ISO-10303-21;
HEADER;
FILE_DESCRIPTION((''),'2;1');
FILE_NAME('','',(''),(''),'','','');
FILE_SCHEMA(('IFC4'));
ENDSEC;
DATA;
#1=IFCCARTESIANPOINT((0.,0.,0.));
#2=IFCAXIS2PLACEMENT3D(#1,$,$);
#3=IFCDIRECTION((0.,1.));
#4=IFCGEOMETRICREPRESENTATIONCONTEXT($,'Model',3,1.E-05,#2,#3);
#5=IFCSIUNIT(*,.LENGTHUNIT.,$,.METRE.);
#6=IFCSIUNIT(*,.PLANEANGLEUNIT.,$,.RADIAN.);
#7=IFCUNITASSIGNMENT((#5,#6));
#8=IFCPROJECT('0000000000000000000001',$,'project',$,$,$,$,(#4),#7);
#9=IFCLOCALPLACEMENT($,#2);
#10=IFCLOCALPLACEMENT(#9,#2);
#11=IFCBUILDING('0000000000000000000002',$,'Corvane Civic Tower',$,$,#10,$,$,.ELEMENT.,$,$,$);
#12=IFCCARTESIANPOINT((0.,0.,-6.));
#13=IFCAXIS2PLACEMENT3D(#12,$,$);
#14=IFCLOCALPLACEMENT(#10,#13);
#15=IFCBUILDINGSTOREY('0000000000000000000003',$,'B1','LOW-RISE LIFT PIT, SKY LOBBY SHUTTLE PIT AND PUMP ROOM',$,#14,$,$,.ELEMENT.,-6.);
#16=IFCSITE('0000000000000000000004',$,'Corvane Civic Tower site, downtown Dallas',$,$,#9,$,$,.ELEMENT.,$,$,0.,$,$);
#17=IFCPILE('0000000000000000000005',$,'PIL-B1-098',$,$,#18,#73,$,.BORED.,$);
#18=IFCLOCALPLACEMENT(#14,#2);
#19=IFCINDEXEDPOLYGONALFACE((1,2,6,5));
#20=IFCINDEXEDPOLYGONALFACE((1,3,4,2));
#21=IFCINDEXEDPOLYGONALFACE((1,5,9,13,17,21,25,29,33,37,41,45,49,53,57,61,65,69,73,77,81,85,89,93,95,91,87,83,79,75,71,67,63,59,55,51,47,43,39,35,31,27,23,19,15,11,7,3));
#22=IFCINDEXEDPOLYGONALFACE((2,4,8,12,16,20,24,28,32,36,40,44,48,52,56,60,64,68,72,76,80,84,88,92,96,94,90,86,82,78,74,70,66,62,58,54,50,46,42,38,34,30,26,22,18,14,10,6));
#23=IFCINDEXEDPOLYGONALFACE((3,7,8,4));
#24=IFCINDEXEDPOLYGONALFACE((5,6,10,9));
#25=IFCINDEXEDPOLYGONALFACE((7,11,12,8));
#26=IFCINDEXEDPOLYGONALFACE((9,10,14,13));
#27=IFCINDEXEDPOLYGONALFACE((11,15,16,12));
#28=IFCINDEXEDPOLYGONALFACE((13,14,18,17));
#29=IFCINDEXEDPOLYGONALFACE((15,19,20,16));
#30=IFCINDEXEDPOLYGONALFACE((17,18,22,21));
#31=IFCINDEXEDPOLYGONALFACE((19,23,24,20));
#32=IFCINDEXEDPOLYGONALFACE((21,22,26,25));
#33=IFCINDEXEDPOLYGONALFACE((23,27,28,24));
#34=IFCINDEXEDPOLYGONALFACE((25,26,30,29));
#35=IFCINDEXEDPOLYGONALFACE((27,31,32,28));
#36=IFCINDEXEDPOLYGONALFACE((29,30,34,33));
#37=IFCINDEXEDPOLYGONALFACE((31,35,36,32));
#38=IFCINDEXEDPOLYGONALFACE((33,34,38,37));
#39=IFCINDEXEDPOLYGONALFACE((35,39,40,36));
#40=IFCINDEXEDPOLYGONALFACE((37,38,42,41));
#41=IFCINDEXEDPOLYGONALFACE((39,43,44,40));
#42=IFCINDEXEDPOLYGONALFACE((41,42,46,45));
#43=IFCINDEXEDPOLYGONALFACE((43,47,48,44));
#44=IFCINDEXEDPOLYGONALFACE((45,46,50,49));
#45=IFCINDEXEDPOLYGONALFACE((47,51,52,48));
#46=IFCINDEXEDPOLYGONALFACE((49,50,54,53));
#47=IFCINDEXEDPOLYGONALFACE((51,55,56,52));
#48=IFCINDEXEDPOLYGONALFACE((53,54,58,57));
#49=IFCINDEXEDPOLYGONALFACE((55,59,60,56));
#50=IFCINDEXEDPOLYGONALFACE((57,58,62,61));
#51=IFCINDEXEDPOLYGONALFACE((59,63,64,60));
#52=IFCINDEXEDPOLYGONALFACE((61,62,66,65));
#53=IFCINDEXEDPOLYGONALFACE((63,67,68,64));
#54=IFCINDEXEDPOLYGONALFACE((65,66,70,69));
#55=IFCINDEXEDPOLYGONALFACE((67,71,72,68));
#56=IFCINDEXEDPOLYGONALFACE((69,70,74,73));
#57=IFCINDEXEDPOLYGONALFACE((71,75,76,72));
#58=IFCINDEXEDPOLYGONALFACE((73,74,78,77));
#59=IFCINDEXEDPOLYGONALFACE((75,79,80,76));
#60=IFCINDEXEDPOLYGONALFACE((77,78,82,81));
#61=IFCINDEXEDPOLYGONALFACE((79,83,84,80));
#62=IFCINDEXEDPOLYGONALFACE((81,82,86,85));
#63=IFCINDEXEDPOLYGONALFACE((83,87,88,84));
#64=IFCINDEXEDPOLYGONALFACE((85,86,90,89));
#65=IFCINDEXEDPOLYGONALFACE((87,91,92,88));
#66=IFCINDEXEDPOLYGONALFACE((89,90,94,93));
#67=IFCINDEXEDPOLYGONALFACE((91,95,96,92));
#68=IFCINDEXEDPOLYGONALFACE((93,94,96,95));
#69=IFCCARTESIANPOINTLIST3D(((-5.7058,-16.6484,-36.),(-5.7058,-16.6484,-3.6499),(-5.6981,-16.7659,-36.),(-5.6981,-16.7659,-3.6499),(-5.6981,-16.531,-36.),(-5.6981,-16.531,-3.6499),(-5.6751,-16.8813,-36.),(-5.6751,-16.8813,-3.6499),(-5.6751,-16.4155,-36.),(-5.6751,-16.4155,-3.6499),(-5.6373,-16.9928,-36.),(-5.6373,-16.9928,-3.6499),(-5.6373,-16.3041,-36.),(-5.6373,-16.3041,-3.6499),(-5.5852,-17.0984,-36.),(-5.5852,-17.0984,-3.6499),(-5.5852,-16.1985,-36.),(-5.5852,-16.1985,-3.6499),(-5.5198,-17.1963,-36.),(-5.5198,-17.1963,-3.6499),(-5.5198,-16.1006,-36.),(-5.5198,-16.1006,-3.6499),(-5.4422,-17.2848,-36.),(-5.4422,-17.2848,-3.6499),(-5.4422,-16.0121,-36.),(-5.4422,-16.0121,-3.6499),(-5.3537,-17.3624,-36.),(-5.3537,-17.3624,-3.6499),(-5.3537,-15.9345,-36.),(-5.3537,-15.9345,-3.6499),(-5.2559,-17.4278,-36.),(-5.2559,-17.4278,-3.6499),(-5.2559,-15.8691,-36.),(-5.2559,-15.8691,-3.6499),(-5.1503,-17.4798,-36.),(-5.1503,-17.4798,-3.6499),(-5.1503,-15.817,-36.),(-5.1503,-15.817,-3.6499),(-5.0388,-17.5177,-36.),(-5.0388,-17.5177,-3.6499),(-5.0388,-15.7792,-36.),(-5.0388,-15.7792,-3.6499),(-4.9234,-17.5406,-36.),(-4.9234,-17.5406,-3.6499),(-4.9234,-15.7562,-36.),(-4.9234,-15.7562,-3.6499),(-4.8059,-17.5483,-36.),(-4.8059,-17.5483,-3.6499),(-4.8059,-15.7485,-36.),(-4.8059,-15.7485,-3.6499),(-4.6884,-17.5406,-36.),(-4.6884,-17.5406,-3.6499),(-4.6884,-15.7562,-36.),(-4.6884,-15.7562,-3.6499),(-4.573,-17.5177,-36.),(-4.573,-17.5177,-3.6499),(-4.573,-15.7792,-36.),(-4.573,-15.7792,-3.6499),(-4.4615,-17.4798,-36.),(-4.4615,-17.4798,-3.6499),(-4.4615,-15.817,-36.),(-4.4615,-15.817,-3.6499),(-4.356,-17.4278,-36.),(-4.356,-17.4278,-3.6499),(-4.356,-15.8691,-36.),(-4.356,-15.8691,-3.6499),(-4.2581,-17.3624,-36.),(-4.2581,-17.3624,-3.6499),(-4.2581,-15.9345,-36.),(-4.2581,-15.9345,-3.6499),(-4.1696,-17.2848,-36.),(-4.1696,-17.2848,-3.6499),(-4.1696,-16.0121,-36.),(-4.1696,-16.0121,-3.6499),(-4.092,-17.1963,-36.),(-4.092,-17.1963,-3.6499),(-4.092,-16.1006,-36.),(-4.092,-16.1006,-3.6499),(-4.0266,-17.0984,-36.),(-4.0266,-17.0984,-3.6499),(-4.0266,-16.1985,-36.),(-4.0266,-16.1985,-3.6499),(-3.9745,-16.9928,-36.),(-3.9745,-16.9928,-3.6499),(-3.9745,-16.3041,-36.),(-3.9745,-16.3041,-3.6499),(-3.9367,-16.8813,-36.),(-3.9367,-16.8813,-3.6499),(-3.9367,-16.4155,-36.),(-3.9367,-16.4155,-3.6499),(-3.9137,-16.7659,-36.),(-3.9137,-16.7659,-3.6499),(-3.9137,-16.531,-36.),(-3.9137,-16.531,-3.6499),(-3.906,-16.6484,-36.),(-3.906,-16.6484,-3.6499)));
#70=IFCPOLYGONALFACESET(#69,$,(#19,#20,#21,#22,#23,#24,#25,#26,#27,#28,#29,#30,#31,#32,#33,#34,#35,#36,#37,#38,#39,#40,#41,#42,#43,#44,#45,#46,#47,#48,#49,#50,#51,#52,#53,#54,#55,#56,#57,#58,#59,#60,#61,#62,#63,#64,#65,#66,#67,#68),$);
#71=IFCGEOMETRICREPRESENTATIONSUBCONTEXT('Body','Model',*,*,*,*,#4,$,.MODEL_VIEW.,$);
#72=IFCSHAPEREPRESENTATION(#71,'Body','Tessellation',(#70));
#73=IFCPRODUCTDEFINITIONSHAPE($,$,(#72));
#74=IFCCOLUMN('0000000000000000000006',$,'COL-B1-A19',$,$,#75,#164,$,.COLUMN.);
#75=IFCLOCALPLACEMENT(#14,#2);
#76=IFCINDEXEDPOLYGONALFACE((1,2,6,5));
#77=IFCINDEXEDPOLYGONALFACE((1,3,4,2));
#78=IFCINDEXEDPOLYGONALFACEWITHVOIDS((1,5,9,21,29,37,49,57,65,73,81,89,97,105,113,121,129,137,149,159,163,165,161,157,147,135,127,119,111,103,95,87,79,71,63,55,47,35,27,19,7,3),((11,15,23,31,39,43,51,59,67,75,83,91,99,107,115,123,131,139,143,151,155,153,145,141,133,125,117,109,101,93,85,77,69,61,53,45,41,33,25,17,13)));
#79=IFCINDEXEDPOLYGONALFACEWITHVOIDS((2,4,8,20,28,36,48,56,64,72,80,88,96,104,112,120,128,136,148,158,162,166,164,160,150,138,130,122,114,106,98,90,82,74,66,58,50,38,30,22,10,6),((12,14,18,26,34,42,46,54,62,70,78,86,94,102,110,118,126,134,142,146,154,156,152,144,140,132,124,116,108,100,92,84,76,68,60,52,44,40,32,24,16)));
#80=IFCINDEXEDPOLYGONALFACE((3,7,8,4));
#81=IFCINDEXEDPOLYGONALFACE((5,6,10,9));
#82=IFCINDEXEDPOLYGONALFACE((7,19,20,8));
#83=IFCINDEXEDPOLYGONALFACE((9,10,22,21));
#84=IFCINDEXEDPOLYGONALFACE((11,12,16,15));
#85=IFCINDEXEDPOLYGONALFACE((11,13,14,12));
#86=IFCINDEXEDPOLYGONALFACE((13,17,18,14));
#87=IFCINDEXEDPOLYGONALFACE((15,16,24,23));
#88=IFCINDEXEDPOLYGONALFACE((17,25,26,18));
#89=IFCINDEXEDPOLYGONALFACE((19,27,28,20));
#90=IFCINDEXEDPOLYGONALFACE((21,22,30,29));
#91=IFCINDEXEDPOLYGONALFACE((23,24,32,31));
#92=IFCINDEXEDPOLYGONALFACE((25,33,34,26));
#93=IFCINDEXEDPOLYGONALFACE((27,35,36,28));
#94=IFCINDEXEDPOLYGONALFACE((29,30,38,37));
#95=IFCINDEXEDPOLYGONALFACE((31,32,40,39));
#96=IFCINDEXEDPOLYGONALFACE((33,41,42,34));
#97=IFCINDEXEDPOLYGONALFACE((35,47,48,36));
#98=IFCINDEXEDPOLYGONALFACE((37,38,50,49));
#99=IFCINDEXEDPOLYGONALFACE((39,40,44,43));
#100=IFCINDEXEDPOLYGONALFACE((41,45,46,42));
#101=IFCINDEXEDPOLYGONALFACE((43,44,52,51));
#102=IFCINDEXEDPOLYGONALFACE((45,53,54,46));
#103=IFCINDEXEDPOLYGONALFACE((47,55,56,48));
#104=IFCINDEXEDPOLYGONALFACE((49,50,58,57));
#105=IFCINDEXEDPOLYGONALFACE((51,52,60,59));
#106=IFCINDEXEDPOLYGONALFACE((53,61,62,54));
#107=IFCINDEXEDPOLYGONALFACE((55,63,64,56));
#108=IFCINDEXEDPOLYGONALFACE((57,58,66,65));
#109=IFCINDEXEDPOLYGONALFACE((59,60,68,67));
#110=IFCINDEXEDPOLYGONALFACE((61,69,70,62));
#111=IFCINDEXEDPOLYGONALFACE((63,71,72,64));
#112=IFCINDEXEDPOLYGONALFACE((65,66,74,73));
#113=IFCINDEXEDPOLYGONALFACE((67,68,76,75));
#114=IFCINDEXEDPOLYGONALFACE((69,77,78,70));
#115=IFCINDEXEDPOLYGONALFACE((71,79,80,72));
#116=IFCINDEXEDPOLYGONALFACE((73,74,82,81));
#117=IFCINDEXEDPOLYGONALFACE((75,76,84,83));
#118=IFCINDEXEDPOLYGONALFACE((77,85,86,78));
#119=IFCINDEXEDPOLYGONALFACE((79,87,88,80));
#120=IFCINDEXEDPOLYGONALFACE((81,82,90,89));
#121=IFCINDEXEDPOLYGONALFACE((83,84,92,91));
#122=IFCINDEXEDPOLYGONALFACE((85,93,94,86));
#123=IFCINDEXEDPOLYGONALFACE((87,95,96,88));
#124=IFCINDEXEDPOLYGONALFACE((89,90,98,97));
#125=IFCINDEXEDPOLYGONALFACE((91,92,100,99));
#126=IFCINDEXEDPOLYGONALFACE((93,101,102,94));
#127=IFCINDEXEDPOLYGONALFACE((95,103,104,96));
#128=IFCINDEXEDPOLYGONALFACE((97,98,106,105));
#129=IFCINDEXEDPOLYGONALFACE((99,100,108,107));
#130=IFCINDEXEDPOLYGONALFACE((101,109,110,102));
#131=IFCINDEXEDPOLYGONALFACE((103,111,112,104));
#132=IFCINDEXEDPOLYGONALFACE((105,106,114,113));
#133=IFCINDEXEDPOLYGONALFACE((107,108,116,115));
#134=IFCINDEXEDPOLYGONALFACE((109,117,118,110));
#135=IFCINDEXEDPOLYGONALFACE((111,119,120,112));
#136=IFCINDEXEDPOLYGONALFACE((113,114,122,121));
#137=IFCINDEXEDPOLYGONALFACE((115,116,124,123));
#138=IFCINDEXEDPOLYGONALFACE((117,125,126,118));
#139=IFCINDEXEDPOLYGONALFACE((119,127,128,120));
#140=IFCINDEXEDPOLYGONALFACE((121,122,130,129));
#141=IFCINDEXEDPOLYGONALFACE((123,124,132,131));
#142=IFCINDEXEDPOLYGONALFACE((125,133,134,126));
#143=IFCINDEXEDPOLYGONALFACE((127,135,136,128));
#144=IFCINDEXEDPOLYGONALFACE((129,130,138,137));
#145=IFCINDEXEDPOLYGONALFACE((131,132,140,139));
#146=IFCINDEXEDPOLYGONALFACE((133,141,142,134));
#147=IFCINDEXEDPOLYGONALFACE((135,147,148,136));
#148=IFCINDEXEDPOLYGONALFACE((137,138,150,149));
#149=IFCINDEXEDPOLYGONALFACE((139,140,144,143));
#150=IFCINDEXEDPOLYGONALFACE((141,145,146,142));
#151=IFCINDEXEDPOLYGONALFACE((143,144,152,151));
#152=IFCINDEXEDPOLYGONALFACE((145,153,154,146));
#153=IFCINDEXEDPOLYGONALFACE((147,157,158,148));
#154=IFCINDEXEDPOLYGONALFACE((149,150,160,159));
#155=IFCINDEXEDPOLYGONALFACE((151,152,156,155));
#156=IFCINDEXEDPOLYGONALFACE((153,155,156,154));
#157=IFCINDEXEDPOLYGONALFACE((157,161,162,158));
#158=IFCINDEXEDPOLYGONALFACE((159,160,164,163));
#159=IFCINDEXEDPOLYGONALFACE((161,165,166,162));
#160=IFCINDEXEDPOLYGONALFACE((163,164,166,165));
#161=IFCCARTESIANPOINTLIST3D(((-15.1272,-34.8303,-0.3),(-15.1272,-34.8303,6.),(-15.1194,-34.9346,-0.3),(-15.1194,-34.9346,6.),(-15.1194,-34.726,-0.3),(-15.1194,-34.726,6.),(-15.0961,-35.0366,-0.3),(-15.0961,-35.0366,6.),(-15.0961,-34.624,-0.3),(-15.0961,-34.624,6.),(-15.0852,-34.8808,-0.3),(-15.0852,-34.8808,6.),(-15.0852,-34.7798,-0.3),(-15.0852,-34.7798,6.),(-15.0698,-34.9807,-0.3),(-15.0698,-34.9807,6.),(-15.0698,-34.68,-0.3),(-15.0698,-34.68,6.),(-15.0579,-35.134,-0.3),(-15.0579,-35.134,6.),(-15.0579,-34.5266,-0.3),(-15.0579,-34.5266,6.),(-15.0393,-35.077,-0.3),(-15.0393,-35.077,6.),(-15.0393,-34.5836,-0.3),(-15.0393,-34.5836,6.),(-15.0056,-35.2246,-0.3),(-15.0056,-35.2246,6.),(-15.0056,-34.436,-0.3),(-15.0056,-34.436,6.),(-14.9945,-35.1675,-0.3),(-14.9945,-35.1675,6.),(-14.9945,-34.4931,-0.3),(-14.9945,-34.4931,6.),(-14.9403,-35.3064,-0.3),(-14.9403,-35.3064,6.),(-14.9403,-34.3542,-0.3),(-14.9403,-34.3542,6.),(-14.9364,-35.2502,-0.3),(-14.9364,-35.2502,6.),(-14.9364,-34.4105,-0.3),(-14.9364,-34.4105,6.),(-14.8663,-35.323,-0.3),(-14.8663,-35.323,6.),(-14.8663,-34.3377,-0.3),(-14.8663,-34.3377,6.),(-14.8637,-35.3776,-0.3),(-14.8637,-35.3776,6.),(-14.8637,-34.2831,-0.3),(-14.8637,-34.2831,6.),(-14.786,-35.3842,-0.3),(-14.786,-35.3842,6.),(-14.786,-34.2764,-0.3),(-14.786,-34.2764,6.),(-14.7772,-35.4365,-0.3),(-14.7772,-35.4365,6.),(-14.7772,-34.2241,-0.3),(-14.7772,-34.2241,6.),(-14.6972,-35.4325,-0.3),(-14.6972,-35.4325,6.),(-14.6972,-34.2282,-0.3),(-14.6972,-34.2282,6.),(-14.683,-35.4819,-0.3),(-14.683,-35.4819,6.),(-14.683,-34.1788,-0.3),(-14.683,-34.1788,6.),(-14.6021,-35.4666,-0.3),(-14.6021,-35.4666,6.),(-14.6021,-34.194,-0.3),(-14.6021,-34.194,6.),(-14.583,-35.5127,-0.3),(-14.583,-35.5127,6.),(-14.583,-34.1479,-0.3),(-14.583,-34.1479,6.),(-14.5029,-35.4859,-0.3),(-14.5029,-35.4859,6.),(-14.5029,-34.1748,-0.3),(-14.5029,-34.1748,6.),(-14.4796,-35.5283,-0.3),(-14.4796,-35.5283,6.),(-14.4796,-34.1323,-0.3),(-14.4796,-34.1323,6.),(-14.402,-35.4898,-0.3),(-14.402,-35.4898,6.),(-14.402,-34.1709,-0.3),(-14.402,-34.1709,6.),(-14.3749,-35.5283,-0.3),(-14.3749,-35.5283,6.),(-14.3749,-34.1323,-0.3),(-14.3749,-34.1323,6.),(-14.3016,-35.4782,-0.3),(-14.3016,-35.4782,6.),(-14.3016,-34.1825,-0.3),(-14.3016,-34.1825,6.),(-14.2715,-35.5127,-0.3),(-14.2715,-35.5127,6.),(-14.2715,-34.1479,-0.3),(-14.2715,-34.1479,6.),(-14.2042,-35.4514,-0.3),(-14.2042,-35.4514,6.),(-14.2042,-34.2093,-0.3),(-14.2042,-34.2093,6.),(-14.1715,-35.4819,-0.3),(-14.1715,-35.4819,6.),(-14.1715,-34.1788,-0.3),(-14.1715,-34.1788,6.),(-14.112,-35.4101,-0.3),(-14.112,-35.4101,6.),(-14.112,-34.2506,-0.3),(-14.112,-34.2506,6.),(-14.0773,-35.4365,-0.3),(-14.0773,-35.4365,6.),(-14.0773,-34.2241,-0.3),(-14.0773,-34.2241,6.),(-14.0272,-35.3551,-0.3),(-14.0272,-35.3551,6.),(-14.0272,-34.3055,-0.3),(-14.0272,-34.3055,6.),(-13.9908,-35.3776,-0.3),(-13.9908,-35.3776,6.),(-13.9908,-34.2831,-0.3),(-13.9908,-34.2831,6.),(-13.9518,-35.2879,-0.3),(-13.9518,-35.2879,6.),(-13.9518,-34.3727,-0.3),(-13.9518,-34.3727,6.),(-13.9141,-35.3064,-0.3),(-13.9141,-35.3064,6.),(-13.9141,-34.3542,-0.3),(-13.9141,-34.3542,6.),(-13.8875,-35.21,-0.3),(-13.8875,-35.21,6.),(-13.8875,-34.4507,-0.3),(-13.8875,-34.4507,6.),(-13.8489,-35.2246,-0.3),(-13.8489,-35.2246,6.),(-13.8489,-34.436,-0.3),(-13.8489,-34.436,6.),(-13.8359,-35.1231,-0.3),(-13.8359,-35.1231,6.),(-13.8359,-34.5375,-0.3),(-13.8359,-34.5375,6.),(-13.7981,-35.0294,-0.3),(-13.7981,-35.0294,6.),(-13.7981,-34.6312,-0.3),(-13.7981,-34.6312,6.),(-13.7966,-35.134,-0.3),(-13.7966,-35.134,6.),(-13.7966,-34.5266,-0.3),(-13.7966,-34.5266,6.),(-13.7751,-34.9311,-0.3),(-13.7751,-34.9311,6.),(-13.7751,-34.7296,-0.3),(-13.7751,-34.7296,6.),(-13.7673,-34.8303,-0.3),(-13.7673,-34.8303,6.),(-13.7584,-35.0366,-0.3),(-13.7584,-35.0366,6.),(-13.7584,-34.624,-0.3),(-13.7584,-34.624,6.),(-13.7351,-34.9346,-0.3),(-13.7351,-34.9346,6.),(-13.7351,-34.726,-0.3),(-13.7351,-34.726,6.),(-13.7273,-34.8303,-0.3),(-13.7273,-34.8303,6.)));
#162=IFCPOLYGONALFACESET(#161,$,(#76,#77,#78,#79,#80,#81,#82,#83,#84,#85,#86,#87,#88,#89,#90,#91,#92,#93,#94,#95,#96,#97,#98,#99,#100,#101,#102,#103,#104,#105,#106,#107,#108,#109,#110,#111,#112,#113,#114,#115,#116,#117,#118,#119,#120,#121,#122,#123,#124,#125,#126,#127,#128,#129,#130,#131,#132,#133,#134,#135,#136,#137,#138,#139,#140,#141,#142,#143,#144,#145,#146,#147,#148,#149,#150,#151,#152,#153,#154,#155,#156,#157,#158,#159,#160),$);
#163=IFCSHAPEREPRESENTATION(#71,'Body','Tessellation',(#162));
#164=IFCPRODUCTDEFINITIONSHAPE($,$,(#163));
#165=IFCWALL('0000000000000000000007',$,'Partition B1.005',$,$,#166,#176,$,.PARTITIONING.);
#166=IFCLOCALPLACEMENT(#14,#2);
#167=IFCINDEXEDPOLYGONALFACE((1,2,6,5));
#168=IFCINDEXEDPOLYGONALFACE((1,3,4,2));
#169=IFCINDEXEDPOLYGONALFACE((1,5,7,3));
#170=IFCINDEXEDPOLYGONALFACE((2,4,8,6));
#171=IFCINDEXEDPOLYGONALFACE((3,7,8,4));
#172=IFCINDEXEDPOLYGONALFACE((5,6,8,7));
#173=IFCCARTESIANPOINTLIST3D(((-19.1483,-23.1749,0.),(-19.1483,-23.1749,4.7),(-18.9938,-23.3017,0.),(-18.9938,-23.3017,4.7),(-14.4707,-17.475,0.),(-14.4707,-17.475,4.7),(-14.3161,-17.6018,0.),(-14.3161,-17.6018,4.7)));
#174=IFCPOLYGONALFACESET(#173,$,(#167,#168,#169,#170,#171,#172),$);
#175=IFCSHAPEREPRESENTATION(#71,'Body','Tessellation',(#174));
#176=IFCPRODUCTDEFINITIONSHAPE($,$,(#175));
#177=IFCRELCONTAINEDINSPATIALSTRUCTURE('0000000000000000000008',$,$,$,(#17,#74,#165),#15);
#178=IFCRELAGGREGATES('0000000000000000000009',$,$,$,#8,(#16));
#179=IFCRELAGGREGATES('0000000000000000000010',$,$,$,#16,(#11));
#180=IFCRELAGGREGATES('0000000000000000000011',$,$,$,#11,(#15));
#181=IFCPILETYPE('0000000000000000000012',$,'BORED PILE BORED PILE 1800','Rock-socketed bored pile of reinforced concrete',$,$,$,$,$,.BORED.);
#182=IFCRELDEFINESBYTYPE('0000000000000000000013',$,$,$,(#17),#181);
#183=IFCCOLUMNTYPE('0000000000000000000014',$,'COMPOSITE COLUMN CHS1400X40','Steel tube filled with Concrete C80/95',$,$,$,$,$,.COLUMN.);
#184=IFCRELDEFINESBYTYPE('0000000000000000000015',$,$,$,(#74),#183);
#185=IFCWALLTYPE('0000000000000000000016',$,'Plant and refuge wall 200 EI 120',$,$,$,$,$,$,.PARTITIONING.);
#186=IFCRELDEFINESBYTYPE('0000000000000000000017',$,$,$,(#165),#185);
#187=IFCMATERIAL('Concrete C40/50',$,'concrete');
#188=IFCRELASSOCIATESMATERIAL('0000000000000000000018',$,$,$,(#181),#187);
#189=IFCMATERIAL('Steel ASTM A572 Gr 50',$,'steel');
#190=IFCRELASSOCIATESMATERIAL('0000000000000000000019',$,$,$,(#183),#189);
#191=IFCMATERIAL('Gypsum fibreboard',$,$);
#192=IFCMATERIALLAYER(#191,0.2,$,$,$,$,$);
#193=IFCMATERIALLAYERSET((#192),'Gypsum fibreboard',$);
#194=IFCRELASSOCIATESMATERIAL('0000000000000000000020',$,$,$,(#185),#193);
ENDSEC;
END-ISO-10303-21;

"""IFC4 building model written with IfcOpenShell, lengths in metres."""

from ifc_helpers import new_model, si_unit, direction, frame, frame_2d, origin, origin_2d, place, context, subcontext, project, spatial, rectangle, circle, hollow_circle, extrude, material, layer, layer_set, material_profile, profile_set, type_object, element, save


model = new_model("IFC4")

# Units and contexts
model_context = context("Model", 3, precision=1e-05, world=origin(), true_north=direction((0.0, 1.0)))
body_context = subcontext(model_context, "Body", "Model", "MODEL_VIEW")
ifc_project = project(units=[si_unit("LENGTHUNIT", "METRE"), si_unit("PLANEANGLEUNIT", "RADIAN")], contexts=[model_context])

# Site, building, storey
site_placement = place(None, origin())
site = spatial("IfcSite", under=ifc_project, at=site_placement, Name="Corvane Civic Tower site, downtown Dallas", CompositionType="ELEMENT", RefElevation=0.0)
building_placement = place(site_placement, origin())
building = spatial("IfcBuilding", under=site, at=building_placement, Name="Corvane Civic Tower", CompositionType="ELEMENT")
storey_placement = place(building_placement, frame((0.0, 0.0, -6.0)))
storey = spatial("IfcBuildingStorey", under=building, at=storey_placement, Name="B1", Description="LOW-RISE LIFT PIT, SKY LOBBY SHUTTLE PIT AND PUMP ROOM", CompositionType="ELEMENT", Elevation=-6.0)

# Pile
ifc_material_1 = material(Name="Concrete C40/50", Category="concrete")
ifc_material_profile_1 = material_profile(ifc_material_1, circle(Radius=0.8999, at=origin_2d()), Name="BORED PILE 1800")
ifc_profile_set_1 = profile_set([ifc_material_profile_1], Name="Concrete C40/50")
pile_type = type_object("IfcPileType", Name="BORED PILE BORED PILE 1800", Description="Rock-socketed bored pile of reinforced concrete", PredefinedType="BORED", material=ifc_profile_set_1)
for number, where, z_axis, x_axis, name in (
    (1, (-4.8059, -16.6484, -3.6499), (0.0, 0.0, -1.0), (1.0, 0.0, 0.0), "PIL-B1-098"),
):
    element("IfcPile", number, at=place(storey_placement, frame(where, z_axis=z_axis, x_axis=x_axis)), inside=storey, type_object=pile_type, Name=name, PredefinedType="BORED", context=body_context, shape_type="SweptSolid", body=[
        extrude(circle(Radius=0.8999, at=origin_2d()), origin(), (0.0, 0.0, 1.0), 32.3501),
    ])

# Column
ifc_material_2 = material(Name="Steel ASTM A572 Gr 50", Category="steel")
ifc_material_profile_2 = material_profile(ifc_material_2, hollow_circle(Radius=0.7, WallThickness=0.04, at=origin_2d()), Name="CHS1400X40")
ifc_profile_set_2 = profile_set([ifc_material_profile_2], Name="Steel ASTM A572 Gr 50")
column_type = type_object("IfcColumnType", Name="COMPOSITE COLUMN CHS1400X40", Description="Steel tube filled with Concrete C80/95", PredefinedType="COLUMN", material=ifc_profile_set_2)
column_placement = place(storey_placement, frame((-14.4272, -34.8303, -0.3), z_axis=(0.0, 0.0, 1.0), x_axis=(1.0, 0.0, 0.0)))
element("IfcColumn", 2, at=column_placement, inside=storey, type_object=column_type, Name="COL-B1-A19", PredefinedType="COLUMN", context=body_context, shape_type="SweptSolid", body=[
    extrude(hollow_circle(Radius=0.7, WallThickness=0.04, at=origin_2d()), origin(), (0.0, 0.0, 1.0), 6.3),
])

# Wall
ifc_material_3 = material(Name="Gypsum fibreboard")
ifc_layer_1 = layer(ifc_material_3, 0.2)
ifc_layer_set_1 = layer_set([ifc_layer_1], Name="Gypsum fibreboard")
wall_type_1 = type_object("IfcWallType", Name="Plant and refuge wall 200 EI 120", PredefinedType="PARTITIONING", material=ifc_layer_set_1)
wall_1_placement = place(storey_placement, frame((-19.071, -23.2383, 0.0), z_axis=(0.0, 0.0, 1.0), x_axis=(0.634386, 0.773017, 0.0)))
element("IfcWall", 3, at=wall_1_placement, inside=storey, type_object=wall_type_1, Name="Partition B1.005", PredefinedType="PARTITIONING", context=body_context, shape_type="SweptSolid", body=[
    extrude(rectangle(XDim=7.3735, YDim=0.2, at=frame_2d((3.6868, 0.0))), origin(), (0.0, 0.0, 1.0), 4.7),
])

save(model, "model.ifc")
